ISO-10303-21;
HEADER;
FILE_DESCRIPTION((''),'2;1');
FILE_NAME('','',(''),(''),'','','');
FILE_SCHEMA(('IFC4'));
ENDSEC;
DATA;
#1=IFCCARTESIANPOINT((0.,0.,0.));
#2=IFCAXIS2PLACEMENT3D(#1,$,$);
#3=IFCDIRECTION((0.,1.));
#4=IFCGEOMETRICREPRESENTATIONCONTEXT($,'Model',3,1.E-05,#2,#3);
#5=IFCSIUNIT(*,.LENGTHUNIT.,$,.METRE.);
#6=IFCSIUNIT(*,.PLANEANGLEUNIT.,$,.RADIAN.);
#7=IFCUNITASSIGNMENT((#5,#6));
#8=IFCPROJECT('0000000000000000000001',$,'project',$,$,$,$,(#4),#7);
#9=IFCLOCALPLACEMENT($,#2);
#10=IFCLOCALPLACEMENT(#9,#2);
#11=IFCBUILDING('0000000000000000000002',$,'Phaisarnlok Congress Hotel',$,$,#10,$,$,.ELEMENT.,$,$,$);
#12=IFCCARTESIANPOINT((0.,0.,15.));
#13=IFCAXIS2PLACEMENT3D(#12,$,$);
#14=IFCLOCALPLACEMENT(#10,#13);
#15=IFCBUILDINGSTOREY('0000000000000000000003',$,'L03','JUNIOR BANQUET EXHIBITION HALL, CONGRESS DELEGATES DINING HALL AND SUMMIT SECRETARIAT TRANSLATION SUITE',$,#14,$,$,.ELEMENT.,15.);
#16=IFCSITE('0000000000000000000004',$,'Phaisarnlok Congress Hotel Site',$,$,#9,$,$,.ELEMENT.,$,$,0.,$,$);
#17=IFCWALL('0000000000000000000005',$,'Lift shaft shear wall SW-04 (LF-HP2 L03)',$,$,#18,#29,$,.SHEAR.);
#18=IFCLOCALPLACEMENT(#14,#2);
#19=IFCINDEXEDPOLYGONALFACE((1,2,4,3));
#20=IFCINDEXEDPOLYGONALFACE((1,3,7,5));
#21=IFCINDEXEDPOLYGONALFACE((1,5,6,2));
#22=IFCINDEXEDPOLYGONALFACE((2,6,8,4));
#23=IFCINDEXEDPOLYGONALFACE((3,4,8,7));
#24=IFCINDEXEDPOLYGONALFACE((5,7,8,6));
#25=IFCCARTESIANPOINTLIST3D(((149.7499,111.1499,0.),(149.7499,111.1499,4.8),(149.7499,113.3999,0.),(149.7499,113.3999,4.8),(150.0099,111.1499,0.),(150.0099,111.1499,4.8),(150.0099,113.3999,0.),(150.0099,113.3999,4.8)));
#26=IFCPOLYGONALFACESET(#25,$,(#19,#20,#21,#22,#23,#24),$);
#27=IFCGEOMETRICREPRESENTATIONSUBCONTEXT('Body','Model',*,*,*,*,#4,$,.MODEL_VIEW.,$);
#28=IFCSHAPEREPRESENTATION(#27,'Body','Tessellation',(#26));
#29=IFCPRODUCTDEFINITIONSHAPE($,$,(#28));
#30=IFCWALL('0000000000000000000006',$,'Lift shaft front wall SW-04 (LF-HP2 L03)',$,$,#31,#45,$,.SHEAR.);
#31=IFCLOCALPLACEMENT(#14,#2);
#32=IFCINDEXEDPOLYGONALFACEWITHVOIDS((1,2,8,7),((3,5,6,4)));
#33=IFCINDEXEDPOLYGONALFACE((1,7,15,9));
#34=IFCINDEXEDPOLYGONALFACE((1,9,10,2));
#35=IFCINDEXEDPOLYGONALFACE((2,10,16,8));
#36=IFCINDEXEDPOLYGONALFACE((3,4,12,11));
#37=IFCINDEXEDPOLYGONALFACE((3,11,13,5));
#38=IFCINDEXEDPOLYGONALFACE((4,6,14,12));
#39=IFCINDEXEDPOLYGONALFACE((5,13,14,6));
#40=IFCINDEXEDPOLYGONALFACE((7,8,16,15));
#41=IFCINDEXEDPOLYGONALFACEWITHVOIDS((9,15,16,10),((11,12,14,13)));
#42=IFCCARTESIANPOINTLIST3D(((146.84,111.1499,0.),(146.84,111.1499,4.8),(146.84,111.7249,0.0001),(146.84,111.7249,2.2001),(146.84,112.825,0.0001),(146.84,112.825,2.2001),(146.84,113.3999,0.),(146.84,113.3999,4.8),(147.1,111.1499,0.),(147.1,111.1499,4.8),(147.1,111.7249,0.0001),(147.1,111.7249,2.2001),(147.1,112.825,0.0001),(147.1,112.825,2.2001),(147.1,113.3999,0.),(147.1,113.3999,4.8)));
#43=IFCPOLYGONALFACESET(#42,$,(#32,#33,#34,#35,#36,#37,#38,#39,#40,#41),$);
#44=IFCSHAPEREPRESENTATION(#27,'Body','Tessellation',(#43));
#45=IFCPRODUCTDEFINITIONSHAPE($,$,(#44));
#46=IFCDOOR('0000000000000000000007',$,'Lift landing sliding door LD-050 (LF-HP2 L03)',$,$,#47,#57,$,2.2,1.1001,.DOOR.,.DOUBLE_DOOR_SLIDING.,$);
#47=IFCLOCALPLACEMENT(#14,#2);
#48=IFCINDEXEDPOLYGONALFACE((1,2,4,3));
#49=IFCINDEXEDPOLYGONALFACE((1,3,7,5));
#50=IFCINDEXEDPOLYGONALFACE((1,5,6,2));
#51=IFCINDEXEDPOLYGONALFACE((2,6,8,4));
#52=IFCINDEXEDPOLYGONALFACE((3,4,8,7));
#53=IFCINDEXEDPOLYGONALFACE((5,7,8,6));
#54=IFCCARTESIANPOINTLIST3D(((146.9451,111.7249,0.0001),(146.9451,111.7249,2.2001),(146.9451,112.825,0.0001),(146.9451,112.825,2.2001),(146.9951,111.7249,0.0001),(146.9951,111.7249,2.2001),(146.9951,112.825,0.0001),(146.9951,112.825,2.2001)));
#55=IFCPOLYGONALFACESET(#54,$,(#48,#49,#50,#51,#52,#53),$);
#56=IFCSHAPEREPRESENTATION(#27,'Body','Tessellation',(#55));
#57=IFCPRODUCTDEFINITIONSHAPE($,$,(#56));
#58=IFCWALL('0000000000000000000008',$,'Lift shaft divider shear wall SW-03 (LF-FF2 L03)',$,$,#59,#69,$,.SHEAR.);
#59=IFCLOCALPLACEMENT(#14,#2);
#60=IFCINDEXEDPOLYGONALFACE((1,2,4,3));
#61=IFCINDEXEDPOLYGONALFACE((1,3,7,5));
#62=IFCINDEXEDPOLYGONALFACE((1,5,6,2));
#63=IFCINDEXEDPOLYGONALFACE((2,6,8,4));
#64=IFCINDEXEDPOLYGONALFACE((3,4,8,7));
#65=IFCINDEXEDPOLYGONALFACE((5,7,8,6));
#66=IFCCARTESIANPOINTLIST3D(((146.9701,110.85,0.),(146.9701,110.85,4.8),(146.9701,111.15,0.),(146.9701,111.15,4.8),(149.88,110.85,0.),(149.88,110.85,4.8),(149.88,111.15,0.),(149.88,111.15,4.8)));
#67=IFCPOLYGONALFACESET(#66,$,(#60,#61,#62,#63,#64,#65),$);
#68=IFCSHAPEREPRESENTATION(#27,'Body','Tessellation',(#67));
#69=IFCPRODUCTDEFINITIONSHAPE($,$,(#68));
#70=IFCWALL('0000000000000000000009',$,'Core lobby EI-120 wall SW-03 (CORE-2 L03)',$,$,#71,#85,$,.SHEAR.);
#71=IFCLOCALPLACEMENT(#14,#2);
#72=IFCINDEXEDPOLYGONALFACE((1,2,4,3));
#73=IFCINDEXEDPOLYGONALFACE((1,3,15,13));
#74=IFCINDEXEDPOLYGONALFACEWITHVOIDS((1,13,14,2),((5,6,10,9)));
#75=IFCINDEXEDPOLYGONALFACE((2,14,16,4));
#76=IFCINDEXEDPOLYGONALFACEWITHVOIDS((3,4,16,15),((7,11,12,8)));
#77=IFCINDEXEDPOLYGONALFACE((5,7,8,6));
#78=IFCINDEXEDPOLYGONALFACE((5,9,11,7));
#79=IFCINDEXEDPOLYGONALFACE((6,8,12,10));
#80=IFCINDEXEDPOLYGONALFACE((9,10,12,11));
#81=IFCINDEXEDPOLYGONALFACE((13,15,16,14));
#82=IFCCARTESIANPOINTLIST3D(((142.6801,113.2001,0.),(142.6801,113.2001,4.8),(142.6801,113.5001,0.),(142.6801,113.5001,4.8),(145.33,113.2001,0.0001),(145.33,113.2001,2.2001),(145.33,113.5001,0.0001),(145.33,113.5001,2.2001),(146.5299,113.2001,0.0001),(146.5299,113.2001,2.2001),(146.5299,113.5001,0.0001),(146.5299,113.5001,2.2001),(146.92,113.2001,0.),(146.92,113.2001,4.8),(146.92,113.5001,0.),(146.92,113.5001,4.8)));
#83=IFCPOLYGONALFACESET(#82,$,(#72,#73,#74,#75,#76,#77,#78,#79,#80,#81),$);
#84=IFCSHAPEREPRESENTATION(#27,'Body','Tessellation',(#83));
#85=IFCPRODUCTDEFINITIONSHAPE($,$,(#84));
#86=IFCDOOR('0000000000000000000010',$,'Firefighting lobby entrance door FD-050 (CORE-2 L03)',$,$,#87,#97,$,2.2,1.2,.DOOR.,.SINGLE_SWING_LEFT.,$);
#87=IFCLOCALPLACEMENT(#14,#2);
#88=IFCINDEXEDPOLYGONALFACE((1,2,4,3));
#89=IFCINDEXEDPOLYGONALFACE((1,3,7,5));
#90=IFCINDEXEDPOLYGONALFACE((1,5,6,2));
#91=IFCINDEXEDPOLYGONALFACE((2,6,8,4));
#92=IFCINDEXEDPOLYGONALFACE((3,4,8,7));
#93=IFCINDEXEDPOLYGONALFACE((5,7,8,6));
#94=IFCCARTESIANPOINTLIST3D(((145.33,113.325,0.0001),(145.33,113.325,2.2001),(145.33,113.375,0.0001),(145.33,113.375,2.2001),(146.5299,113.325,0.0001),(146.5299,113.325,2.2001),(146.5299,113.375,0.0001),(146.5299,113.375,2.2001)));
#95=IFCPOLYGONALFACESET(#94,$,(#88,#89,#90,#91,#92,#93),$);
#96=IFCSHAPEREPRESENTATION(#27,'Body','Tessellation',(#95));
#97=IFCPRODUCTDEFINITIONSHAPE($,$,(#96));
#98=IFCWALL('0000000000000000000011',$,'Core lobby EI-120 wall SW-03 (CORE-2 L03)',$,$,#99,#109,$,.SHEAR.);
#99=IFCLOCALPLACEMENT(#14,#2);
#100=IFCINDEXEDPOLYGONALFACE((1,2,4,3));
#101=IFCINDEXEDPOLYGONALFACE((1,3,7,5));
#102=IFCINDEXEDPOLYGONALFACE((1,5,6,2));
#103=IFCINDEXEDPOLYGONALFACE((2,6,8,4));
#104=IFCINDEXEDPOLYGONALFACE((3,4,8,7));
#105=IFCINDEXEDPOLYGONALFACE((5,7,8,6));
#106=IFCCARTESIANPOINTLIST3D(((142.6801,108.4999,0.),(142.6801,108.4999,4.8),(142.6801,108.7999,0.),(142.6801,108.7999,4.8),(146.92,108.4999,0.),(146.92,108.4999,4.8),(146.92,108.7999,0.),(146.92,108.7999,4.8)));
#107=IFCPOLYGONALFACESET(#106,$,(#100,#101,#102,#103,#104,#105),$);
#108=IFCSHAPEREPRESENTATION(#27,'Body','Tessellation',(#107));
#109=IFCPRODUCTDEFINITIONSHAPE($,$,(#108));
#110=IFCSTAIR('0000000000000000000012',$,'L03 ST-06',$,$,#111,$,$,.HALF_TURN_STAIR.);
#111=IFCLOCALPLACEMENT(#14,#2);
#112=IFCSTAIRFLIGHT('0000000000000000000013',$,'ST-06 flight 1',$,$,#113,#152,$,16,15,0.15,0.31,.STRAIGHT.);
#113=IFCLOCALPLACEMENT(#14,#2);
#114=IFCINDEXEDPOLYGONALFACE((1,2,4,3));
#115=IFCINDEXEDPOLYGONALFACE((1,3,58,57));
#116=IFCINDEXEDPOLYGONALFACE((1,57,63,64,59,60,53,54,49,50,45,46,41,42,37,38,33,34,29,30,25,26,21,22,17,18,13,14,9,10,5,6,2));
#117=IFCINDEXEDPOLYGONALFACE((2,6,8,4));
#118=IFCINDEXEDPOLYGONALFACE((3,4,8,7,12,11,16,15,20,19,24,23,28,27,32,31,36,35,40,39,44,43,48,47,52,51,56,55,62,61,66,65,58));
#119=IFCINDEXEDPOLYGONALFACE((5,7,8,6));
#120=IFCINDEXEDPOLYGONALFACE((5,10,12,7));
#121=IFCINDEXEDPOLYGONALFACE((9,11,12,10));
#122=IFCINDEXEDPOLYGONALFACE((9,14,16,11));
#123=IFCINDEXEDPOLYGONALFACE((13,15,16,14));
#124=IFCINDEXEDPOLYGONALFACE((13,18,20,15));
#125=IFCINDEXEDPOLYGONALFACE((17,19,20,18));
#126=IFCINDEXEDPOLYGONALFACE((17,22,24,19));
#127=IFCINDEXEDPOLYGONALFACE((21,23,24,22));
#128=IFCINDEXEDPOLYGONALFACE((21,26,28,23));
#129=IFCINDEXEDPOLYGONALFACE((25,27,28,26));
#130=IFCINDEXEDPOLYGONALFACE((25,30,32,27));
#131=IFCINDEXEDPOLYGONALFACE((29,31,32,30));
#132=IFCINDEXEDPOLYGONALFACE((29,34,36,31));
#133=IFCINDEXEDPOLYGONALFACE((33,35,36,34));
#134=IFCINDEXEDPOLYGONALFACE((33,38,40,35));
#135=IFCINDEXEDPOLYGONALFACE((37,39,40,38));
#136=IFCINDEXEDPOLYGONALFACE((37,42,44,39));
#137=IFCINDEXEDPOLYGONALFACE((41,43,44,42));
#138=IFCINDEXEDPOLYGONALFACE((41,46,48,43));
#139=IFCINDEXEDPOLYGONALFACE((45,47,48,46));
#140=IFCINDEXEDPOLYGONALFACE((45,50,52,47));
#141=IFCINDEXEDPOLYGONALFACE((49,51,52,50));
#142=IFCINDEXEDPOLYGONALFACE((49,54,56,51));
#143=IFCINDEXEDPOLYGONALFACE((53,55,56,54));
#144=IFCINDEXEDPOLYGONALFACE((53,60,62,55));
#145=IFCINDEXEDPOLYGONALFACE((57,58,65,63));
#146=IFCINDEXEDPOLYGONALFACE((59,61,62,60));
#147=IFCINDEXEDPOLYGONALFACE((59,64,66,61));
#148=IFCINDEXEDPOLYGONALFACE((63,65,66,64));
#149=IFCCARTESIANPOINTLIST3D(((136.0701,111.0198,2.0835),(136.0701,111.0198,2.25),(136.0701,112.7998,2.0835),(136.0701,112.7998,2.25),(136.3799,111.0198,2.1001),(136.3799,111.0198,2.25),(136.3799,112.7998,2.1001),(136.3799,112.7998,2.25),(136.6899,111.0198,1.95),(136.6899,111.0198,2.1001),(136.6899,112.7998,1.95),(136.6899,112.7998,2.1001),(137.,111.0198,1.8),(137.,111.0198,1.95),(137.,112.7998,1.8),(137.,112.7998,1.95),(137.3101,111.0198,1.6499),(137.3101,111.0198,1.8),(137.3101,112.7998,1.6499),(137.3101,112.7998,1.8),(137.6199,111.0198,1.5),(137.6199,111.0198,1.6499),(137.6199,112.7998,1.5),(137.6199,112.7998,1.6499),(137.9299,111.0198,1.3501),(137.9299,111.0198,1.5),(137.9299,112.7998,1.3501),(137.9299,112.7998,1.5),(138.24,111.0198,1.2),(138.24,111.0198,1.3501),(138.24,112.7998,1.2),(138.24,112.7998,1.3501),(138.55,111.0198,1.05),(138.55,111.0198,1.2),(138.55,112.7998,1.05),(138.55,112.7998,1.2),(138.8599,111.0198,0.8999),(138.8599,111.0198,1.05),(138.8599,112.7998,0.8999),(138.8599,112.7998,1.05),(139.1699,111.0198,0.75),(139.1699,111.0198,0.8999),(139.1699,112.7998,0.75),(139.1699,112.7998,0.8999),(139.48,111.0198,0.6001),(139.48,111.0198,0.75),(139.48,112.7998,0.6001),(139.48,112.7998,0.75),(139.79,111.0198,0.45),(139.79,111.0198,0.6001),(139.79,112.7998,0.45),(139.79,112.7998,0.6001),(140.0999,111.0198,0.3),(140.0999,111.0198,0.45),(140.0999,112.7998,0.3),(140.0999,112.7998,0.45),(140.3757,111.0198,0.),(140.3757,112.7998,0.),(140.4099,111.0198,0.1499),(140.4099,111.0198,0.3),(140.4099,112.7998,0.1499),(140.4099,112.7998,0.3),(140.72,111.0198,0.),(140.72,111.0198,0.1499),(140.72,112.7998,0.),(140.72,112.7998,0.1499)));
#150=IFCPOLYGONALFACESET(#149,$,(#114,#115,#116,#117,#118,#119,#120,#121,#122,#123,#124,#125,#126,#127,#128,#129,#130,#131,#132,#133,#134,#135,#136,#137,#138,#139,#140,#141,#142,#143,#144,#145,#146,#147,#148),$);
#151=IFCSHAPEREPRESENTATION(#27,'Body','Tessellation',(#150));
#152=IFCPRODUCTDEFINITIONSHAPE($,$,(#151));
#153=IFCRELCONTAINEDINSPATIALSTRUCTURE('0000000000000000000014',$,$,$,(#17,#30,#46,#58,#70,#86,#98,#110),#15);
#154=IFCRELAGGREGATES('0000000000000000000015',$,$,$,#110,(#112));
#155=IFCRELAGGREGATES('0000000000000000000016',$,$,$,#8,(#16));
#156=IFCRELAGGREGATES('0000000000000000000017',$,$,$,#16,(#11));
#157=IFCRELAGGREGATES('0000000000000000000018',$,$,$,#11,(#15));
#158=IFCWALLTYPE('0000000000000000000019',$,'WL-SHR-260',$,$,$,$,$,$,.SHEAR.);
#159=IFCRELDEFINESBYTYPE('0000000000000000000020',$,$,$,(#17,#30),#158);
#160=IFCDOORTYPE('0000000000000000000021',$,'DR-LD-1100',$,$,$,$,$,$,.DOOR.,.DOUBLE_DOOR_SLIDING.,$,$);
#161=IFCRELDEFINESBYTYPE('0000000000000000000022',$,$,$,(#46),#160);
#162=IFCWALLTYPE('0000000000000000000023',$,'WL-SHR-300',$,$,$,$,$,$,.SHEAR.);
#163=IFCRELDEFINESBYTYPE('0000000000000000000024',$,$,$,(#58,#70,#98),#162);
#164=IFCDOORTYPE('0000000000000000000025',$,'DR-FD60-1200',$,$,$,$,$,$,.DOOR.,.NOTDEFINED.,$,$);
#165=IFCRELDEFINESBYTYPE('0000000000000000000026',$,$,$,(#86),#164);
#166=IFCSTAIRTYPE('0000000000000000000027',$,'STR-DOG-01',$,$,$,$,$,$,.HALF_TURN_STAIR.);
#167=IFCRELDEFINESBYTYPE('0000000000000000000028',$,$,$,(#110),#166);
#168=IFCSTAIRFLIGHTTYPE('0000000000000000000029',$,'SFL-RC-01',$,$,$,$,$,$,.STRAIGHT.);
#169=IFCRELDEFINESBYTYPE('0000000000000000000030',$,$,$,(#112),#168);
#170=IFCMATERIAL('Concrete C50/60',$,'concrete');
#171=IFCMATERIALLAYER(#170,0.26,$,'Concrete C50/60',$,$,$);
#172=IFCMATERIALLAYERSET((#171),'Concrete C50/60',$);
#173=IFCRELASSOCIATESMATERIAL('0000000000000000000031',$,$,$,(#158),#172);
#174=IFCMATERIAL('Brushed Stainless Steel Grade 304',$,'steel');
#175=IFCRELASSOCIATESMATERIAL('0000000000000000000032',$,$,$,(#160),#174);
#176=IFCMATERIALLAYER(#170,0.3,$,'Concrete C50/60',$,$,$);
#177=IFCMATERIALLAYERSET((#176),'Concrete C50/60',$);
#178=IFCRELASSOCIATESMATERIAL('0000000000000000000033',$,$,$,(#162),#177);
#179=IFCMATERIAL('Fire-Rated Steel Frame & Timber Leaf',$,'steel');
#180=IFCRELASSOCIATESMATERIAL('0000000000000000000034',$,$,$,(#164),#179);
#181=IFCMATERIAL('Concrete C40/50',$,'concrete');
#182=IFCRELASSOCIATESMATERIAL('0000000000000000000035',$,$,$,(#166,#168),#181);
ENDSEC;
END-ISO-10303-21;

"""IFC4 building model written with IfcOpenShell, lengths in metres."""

from ifc_helpers import new_model, si_unit, direction, frame, frame_2d, origin, place, context, subcontext, project, spatial, polyline, rectangle, outline, extrude, material, layer, layer_set, type_object, element, fill, aggregate, save


model = new_model("IFC4")

# Units and contexts
model_context = context("Model", 3, precision=1e-05, world=origin(), true_north=direction((0.0, 1.0)))
body_context = subcontext(model_context, "Body", "Model", "MODEL_VIEW")
ifc_project = project(units=[si_unit("LENGTHUNIT", "METRE"), si_unit("PLANEANGLEUNIT", "RADIAN")], contexts=[model_context])

# Site, building, storey
site_placement = place(None, origin())
site = spatial("IfcSite", under=ifc_project, at=site_placement, Name="Phaisarnlok Congress Hotel Site", CompositionType="ELEMENT", RefElevation=0.0)
building_placement = place(site_placement, origin())
building = spatial("IfcBuilding", under=site, at=building_placement, Name="Phaisarnlok Congress Hotel", CompositionType="ELEMENT")
storey_placement = place(building_placement, frame((0.0, 0.0, 15.0)))
storey = spatial("IfcBuildingStorey", under=building, at=storey_placement, Name="L03", Description="JUNIOR BANQUET EXHIBITION HALL, CONGRESS DELEGATES DINING HALL AND SUMMIT SECRETARIAT TRANSLATION SUITE", CompositionType="ELEMENT", Elevation=15.0)

# Shared definitions
ifc_material_1 = material(Name="Concrete C50/60", Category="concrete")

# Shared definitions
ifc_material_2 = material(Name="Concrete C40/50", Category="concrete")

# Shared definitions
ifc_layer_1 = layer(ifc_material_1, 0.26, Name="Concrete C50/60")
ifc_layer_set_1 = layer_set([ifc_layer_1], Name="Concrete C50/60")
wall_type_1 = type_object("IfcWallType", Name="WL-SHR-260", PredefinedType="SHEAR", material=ifc_layer_set_1)
ifc_material_3 = material(Name="Fire-Rated Steel Frame & Timber Leaf", Category="steel")

# Shared definitions
ifc_material_4 = material(Name="Brushed Stainless Steel Grade 304", Category="steel")
door_type_1 = type_object("IfcDoorType", Name="DR-LD-1100", OperationType="DOUBLE_DOOR_SLIDING", PredefinedType="DOOR", material=ifc_material_4)

# Wall
wall_1_placement = place(storey_placement, frame((149.8799, 111.1499, 0.0), z_axis=(0.0, 0.0, 1.0), x_axis=(0.0, 1.0, 0.0)))
element("IfcWall", 1, at=wall_1_placement, inside=storey, type_object=wall_type_1, Name="Lift shaft shear wall SW-04 (LF-HP2 L03)", PredefinedType="SHEAR", context=body_context, shape_type="SweptSolid", body=[
    extrude(rectangle(XDim=2.25, YDim=0.26, at=frame_2d((1.125, 0.0))), origin(), (0.0, 0.0, 1.0), 4.8),
])

# Wall, opening, door
wall_2_placement = place(storey_placement, frame((146.97, 111.1499, 0.0), z_axis=(0.0, 0.0, 1.0), x_axis=(0.0, 1.0, 0.0)))
wall_2 = element("IfcWall", 2, at=wall_2_placement, inside=storey, type_object=wall_type_1, Name="Lift shaft front wall SW-04 (LF-HP2 L03)", PredefinedType="SHEAR", context=body_context, shape_type="SweptSolid", body=[
    extrude(rectangle(XDim=2.25, YDim=0.26, at=frame_2d((1.125, 0.0))), origin(), (0.0, 0.0, 1.0), 4.8),
])
opening_1_placement = place(wall_2_placement, frame((0.575, 0.0, 0.0)))
opening_1 = element("IfcOpeningElement", 3, at=opening_1_placement, cuts=wall_2, PredefinedType="OPENING", context=body_context, shape_type="SweptSolid", body=[
    extrude(rectangle(XDim=1.1001, YDim=2.2, at=frame_2d((0.55, 1.1001))), frame((0.0, 0.1401, 0.0), z_axis=(0.0, -1.0, 0.0), x_axis=(1.0, 0.0, 0.0)), (0.0, 0.0, 1.0), 0.28),
])
door_1_placement = place(opening_1_placement, origin())
door_1 = element("IfcDoor", 4, at=door_1_placement, inside=storey, type_object=door_type_1, Name="Lift landing sliding door LD-050 (LF-HP2 L03)", OperationType="DOUBLE_DOOR_SLIDING", OverallHeight=2.2, OverallWidth=1.1001, PredefinedType="DOOR", context=body_context, shape_type="SweptSolid", body=[
    extrude(rectangle(XDim=1.1001, YDim=2.2, at=frame_2d((0.55, 1.1001))), frame((0.0, 0.0249, 0.0), z_axis=(0.0, -1.0, 0.0), x_axis=(1.0, 0.0, 0.0)), (0.0, 0.0, 1.0), 0.05),
])
fill(opening_1, door_1)

# Wall
ifc_layer_2 = layer(ifc_material_1, 0.3, Name="Concrete C50/60")
ifc_layer_set_2 = layer_set([ifc_layer_2], Name="Concrete C50/60")
wall_type_2 = type_object("IfcWallType", Name="WL-SHR-300", PredefinedType="SHEAR", material=ifc_layer_set_2)
wall_3_placement = place(storey_placement, frame((146.97, 111.0, 0.0), z_axis=(0.0, 0.0, 1.0), x_axis=(1.0, 0.0, 0.0)))
element("IfcWall", 5, at=wall_3_placement, inside=storey, type_object=wall_type_2, Name="Lift shaft divider shear wall SW-03 (LF-FF2 L03)", PredefinedType="SHEAR", context=body_context, shape_type="SweptSolid", body=[
    extrude(rectangle(XDim=2.9099, YDim=0.3, at=frame_2d((1.4551, 0.0))), origin(), (0.0, 0.0, 1.0), 4.8),
])

# Wall, opening, door
wall_4_placement = place(storey_placement, frame((142.6799, 113.3501, 0.0), z_axis=(0.0, 0.0, 1.0), x_axis=(1.0, 0.0, 0.0)))
wall_4 = element("IfcWall", 6, at=wall_4_placement, inside=storey, type_object=wall_type_2, Name="Core lobby EI-120 wall SW-03 (CORE-2 L03)", PredefinedType="SHEAR", context=body_context, shape_type="SweptSolid", body=[
    extrude(rectangle(XDim=4.24, YDim=0.3, at=frame_2d((2.1201, 0.0))), origin(), (0.0, 0.0, 1.0), 4.8),
])
opening_2_placement = place(wall_4_placement, frame((2.6499, 0.0, 0.0)))
opening_2 = element("IfcOpeningElement", 7, at=opening_2_placement, cuts=wall_4, PredefinedType="OPENING", context=body_context, shape_type="SweptSolid", body=[
    extrude(rectangle(XDim=1.2, YDim=2.2, at=frame_2d((0.6001, 1.1001))), frame((0.0, 0.1602, 0.0), z_axis=(0.0, -1.0, 0.0), x_axis=(1.0, 0.0, 0.0)), (0.0, 0.0, 1.0), 0.3201),
])
door_type_2 = type_object("IfcDoorType", Name="DR-FD60-1200", OperationType="NOTDEFINED", PredefinedType="DOOR", material=ifc_material_3)
door_2_placement = place(opening_2_placement, origin())
door_2 = element("IfcDoor", 8, at=door_2_placement, inside=storey, type_object=door_type_2, Name="Firefighting lobby entrance door FD-050 (CORE-2 L03)", OperationType="SINGLE_SWING_LEFT", OverallHeight=2.2, OverallWidth=1.2, PredefinedType="DOOR", context=body_context, shape_type="SweptSolid", body=[
    extrude(rectangle(XDim=1.2, YDim=2.2, at=frame_2d((0.6001, 1.1001))), frame((0.0, 0.0249, 0.0), z_axis=(0.0, -1.0, 0.0), x_axis=(1.0, 0.0, 0.0)), (0.0, 0.0, 1.0), 0.05),
])
fill(opening_2, door_2)

# Wall
wall_5_placement = place(storey_placement, frame((142.6799, 108.6499, 0.0), z_axis=(0.0, 0.0, 1.0), x_axis=(1.0, 0.0, 0.0)))
element("IfcWall", 9, at=wall_5_placement, inside=storey, type_object=wall_type_2, Name="Core lobby EI-120 wall SW-03 (CORE-2 L03)", PredefinedType="SHEAR", context=body_context, shape_type="SweptSolid", body=[
    extrude(rectangle(XDim=4.24, YDim=0.3, at=frame_2d((2.1201, 0.0))), origin(), (0.0, 0.0, 1.0), 4.8),
])

# Stair, stair flight
stair_type = type_object("IfcStairType", Name="STR-DOG-01", PredefinedType="HALF_TURN_STAIR", material=ifc_material_2)
stair_placement = place(storey_placement, origin())
stair = element("IfcStair", 10, at=stair_placement, inside=storey, type_object=stair_type, Name="L03 ST-06", PredefinedType="HALF_TURN_STAIR")
stair_flight_type = type_object("IfcStairFlightType", Name="SFL-RC-01", PredefinedType="STRAIGHT", material=ifc_material_2)
stair_flight_placement = place(storey_placement, frame((140.72, 111.9099, 0.0), z_axis=(0.0, 0.0, 1.0), x_axis=(-1.0, 0.0, 0.0)))
stair_flight = element("IfcStairFlight", 11, at=stair_flight_placement, type_object=stair_flight_type, Name="ST-06 flight 1", NumberOfRisers=16, NumberOfTreads=15, PredefinedType="STRAIGHT", RiserHeight=0.15, TreadLength=0.31, context=body_context, shape_type="SweptSolid", body=[
    extrude(outline(polyline([(0.0, 0.0), (0.0, 0.1499), (0.3101, 0.1499), (0.3101, 0.3), (0.6201, 0.3), (0.6201, 0.45), (0.9299, 0.45), (0.9299, 0.6001), (1.24, 0.6001), (1.24, 0.75), (1.55, 0.75), (1.55, 0.8999), (1.8601, 0.8999), (1.8601, 1.05), (2.1699, 1.05), (2.1699, 1.2), (2.48, 1.2), (2.48, 1.3501), (2.79, 1.3501), (2.79, 1.5), (3.1001, 1.5), (3.1001, 1.6499), (3.4099, 1.6499), (3.4099, 1.8), (3.72, 1.8), (3.72, 1.95), (4.03, 1.95), (4.03, 2.1001), (4.3401, 2.1001), (4.3401, 2.25), (4.6499, 2.25), (4.6499, 2.3999), (4.6499, 2.0835), (0.3442, 0.0), (0.0, 0.0)])), frame((0.0, 0.8901, 0.0), z_axis=(0.0, -1.0, 0.0), x_axis=(1.0, 0.0, 0.0)), (0.0, 0.0, 1.0), 1.78),
])
aggregate(stair, [stair_flight])

save(model, "model.ifc")
